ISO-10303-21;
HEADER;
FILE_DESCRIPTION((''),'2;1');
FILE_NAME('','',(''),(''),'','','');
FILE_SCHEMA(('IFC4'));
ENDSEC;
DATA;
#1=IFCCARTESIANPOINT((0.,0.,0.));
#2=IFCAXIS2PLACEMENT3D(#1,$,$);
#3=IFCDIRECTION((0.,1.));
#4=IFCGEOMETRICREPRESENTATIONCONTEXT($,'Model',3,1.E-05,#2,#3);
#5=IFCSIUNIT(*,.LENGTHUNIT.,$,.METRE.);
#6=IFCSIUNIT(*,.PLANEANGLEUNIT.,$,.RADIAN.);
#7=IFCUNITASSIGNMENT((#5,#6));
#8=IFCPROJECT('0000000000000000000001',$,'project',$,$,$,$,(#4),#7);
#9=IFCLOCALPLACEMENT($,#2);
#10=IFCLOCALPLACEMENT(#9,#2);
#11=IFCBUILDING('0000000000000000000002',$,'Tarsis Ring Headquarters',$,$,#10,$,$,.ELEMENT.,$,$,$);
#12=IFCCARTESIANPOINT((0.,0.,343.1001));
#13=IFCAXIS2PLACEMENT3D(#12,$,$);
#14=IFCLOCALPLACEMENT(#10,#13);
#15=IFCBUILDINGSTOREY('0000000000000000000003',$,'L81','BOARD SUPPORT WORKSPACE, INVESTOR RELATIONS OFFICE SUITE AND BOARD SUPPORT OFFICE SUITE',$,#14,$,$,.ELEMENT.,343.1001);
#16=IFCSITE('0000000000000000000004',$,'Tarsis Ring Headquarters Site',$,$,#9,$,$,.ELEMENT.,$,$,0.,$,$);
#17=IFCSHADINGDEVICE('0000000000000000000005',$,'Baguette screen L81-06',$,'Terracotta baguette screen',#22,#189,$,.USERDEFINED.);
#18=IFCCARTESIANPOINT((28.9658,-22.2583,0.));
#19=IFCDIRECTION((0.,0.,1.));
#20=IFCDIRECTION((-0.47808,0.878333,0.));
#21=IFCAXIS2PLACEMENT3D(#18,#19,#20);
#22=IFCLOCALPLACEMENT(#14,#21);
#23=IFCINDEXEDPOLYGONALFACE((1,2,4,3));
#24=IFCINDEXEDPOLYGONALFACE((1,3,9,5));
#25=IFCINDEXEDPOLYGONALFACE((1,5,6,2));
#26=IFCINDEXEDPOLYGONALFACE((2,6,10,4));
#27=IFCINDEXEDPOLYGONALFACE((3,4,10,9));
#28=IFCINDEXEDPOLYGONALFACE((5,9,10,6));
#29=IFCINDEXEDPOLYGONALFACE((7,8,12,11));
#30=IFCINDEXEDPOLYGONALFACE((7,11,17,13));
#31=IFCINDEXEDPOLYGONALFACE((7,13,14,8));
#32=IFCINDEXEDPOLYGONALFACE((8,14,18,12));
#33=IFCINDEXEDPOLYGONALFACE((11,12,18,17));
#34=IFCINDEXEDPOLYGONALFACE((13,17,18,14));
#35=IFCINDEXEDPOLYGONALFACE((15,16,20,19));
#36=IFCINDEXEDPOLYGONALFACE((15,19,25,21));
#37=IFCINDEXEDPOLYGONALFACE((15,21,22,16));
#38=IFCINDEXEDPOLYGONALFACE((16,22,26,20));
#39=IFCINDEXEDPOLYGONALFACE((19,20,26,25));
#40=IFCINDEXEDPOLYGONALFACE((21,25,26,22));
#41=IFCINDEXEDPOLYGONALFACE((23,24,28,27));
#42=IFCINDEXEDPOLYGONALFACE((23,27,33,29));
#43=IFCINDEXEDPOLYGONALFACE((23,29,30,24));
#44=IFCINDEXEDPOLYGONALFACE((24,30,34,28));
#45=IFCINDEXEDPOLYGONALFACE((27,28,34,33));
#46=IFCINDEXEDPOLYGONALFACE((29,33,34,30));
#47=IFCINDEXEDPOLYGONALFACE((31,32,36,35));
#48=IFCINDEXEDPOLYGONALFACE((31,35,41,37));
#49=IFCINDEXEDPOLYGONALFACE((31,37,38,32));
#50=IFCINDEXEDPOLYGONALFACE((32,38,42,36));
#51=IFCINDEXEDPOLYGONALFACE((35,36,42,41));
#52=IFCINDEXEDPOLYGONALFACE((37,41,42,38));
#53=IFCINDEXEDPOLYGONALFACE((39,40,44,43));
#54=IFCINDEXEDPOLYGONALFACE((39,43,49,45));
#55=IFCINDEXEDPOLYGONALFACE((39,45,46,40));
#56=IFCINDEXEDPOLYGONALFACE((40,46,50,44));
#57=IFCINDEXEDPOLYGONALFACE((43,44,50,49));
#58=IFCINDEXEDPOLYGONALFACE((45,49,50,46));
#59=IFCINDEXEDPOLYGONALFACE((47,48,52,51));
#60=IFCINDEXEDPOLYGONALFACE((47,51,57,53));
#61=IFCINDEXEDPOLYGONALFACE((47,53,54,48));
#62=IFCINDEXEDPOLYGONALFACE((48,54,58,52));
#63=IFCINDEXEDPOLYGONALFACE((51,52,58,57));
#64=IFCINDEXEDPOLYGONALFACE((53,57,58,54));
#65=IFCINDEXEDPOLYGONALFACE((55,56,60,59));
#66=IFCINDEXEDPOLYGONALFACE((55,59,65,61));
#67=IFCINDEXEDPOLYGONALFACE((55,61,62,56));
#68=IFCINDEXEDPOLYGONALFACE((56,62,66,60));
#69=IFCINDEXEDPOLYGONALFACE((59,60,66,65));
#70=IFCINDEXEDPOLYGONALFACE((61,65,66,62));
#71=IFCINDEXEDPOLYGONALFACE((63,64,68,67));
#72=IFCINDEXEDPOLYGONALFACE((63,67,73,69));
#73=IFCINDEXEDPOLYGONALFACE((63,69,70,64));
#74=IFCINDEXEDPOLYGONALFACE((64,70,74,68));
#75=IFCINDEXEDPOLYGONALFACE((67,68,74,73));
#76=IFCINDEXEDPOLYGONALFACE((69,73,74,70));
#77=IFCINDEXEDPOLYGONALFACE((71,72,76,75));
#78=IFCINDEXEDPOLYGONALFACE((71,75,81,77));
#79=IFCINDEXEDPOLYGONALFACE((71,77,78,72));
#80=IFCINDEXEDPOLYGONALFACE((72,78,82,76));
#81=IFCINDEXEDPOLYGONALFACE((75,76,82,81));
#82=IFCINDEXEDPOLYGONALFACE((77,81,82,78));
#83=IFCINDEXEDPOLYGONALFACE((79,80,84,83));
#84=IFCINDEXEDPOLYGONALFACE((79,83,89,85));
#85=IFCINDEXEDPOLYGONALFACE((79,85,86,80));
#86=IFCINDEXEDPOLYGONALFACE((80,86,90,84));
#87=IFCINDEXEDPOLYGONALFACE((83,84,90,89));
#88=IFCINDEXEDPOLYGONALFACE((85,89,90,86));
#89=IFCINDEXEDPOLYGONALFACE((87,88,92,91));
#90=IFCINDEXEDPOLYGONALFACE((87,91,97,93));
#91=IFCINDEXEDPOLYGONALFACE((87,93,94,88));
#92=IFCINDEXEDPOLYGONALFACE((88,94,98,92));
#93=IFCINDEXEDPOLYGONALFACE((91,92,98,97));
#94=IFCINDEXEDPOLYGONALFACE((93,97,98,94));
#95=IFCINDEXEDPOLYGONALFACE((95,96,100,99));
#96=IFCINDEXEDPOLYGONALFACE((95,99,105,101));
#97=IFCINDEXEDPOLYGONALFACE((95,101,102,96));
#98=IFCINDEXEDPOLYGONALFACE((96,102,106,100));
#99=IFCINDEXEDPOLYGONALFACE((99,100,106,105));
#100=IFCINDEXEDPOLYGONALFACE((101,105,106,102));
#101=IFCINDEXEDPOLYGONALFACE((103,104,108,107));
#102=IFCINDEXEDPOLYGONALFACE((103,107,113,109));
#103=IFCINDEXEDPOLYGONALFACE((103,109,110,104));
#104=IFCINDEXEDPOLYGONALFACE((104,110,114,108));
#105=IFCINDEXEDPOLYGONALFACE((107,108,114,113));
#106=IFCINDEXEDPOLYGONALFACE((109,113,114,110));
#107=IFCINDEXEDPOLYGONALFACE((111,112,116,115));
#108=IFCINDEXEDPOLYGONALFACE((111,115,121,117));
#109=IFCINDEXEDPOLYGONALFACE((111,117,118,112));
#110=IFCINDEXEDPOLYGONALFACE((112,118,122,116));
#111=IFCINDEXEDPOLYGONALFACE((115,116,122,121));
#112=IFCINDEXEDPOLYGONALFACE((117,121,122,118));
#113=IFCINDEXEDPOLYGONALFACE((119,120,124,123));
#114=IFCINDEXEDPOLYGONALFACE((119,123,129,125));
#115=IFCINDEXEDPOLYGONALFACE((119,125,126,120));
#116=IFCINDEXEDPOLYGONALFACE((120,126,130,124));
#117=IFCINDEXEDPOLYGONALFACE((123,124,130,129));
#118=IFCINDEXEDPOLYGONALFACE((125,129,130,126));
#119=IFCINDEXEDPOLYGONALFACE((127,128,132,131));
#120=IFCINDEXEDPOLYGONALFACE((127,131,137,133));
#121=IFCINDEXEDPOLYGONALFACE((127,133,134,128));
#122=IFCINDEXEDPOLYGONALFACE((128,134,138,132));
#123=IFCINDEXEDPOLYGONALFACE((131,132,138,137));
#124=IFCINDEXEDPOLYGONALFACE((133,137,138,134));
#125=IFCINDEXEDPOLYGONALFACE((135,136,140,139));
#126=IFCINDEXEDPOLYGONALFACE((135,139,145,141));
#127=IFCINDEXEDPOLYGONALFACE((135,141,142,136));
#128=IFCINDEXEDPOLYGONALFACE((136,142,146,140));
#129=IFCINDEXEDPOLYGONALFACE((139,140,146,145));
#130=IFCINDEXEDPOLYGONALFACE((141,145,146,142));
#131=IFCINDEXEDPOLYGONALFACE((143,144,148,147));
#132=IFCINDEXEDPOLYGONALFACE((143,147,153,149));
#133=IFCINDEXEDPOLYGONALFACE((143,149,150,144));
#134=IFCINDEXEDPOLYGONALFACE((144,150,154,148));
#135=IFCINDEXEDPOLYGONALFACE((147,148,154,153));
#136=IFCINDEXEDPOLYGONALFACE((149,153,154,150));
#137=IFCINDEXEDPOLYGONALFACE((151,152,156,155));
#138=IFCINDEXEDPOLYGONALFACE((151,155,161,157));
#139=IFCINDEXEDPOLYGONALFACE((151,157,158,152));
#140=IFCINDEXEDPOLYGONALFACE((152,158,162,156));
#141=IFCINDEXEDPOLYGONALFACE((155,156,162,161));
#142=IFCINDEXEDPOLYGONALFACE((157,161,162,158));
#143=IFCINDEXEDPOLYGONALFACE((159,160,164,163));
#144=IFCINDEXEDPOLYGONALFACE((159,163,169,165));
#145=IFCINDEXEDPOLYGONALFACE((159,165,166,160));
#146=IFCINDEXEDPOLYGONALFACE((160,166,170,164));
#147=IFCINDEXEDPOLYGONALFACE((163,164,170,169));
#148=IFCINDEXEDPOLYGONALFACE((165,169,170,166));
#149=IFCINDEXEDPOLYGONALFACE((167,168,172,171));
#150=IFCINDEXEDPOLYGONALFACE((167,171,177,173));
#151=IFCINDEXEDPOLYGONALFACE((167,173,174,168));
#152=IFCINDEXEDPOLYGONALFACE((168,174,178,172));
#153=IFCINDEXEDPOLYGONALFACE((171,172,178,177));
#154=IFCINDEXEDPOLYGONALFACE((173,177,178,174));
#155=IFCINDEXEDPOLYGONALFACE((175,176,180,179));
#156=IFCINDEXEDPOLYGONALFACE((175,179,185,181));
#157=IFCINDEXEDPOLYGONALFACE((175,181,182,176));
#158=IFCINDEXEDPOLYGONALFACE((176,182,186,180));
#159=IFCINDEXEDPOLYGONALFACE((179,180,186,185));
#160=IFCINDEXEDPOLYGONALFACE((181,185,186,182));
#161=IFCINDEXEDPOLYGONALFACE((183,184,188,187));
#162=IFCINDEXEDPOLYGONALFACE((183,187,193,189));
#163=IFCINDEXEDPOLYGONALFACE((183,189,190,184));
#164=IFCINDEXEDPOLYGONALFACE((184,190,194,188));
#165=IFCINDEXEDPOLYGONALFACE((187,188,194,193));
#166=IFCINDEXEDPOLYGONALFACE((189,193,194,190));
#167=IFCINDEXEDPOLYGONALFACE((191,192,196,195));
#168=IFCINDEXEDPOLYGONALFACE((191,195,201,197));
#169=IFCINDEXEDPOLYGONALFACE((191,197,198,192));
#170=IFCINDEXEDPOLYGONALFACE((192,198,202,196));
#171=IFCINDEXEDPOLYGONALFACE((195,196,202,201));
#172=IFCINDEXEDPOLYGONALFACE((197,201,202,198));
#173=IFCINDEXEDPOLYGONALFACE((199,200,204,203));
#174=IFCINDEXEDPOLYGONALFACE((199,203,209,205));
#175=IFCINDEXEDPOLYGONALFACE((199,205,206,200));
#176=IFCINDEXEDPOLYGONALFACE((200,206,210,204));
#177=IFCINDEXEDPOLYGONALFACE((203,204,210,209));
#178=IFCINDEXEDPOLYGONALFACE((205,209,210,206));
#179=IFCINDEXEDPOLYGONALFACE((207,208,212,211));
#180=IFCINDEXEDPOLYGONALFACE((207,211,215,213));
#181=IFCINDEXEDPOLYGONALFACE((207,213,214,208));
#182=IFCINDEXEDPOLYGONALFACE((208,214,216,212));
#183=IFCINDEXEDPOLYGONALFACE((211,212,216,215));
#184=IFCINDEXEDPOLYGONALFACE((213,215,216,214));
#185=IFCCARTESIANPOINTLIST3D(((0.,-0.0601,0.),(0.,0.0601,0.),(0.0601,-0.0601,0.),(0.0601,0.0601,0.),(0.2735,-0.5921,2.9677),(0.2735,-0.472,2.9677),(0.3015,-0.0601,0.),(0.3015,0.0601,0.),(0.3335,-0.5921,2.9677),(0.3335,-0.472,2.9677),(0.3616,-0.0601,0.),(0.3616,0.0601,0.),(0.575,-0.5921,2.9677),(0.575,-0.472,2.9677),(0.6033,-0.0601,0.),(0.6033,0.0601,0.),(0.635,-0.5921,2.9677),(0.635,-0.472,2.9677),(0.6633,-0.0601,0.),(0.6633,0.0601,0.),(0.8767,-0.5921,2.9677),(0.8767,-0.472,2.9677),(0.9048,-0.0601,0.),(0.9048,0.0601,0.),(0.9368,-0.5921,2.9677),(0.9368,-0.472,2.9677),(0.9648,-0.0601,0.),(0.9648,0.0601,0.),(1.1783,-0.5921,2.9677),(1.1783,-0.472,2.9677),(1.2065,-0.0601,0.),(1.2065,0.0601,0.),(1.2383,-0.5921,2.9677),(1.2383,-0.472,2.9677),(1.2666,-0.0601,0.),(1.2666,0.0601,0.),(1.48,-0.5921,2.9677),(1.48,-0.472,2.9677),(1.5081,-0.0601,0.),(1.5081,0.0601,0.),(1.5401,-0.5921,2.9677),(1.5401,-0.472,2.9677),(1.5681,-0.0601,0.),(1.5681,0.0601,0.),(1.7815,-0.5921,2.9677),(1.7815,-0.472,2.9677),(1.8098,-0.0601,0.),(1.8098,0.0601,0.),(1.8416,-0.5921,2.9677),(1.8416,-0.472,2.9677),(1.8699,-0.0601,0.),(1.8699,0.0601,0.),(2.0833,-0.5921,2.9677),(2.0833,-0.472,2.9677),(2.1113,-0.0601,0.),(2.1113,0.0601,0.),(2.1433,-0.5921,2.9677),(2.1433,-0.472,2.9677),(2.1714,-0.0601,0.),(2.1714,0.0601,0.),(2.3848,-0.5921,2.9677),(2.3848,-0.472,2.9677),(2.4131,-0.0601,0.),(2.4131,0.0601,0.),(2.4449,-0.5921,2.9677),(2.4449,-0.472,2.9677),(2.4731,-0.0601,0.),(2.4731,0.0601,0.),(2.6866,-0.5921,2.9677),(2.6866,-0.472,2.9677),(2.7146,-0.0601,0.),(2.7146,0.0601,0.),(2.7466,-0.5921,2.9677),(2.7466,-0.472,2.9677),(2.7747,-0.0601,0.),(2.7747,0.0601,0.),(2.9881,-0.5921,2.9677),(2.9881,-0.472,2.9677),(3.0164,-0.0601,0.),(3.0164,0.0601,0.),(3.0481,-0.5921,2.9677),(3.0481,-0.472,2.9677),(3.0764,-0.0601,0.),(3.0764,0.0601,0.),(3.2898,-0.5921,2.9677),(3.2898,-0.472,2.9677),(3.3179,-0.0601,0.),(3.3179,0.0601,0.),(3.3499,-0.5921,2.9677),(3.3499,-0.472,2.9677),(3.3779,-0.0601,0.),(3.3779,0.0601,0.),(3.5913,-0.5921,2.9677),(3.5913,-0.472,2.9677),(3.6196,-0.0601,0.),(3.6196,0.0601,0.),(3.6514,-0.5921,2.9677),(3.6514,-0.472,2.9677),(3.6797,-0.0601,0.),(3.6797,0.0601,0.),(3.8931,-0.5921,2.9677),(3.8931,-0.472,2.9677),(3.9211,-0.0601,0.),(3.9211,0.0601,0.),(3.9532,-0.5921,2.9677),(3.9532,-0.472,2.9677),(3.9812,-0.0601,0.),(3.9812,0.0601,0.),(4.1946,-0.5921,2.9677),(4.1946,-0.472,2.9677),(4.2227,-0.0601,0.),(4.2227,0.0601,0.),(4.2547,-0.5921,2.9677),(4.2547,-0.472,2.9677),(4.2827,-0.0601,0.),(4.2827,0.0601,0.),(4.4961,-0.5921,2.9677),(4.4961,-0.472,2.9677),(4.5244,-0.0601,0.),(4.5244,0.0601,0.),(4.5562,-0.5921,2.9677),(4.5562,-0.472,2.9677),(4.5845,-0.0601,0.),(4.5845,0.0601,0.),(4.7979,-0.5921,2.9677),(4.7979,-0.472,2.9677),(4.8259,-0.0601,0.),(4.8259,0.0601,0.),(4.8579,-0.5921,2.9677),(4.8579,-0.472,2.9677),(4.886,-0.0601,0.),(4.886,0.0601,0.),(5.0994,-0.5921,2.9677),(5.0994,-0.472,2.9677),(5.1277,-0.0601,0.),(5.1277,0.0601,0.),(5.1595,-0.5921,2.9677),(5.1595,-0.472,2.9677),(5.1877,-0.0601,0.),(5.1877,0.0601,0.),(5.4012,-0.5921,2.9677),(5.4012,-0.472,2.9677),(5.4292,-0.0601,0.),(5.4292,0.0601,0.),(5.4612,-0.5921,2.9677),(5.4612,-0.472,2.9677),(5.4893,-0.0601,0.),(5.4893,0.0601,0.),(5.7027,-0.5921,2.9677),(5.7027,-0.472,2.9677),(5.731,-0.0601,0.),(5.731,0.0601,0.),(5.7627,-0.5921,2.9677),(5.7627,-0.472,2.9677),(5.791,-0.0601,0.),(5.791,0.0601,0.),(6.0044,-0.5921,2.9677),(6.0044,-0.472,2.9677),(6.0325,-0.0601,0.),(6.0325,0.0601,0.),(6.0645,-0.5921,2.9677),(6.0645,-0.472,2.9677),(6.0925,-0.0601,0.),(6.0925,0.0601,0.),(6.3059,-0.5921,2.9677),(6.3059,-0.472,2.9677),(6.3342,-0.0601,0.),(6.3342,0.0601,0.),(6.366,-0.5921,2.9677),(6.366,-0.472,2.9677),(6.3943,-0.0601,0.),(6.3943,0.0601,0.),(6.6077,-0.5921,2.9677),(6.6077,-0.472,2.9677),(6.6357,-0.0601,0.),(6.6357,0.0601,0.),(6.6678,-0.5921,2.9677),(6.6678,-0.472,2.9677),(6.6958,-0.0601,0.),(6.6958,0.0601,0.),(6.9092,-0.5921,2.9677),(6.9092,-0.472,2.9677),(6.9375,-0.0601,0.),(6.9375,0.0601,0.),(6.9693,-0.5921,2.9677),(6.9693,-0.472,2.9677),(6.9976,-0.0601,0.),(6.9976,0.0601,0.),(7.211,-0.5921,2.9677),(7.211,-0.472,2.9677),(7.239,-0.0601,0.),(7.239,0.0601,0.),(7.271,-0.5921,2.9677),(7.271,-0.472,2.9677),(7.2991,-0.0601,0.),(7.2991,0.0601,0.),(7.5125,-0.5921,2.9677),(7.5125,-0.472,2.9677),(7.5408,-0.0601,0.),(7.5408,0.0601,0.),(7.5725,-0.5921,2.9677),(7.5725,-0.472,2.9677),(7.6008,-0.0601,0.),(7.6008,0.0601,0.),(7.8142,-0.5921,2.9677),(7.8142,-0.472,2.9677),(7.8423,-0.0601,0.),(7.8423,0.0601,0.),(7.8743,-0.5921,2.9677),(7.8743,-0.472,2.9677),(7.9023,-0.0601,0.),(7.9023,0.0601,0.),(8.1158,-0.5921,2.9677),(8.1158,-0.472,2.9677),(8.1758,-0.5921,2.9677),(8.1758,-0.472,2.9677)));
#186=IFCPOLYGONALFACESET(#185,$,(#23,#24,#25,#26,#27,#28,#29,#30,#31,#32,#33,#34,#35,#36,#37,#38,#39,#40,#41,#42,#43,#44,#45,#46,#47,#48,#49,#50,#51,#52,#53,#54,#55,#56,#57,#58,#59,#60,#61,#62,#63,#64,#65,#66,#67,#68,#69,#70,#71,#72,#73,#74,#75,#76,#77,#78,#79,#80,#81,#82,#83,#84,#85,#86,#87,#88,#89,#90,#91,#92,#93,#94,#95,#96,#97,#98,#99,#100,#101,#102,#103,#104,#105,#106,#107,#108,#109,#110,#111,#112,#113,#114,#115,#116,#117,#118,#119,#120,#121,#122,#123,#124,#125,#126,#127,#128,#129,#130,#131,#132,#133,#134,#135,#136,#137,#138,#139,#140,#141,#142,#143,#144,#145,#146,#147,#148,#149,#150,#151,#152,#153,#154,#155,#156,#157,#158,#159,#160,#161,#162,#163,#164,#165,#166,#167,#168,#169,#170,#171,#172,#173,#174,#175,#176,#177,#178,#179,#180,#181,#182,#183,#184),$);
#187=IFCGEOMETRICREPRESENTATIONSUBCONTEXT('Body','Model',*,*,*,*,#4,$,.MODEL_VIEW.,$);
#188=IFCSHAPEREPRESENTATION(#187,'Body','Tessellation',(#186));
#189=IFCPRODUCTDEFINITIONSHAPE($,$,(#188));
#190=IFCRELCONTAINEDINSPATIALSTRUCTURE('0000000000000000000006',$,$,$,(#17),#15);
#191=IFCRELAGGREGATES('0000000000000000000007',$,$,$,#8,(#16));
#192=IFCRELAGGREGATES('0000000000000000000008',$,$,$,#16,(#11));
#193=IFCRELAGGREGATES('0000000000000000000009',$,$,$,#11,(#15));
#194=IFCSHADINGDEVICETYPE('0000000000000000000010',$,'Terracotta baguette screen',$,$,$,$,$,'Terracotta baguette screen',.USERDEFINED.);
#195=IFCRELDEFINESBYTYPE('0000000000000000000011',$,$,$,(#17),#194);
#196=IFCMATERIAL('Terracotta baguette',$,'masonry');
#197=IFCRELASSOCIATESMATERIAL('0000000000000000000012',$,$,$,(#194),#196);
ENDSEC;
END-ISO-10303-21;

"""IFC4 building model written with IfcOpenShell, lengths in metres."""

from ifc_helpers import new_model, si_unit, direction, frame, frame_2d, origin, place, context, subcontext, project, spatial, rectangle, composite_profile, extrude, material, type_object, element, save


model = new_model("IFC4")

# Units and contexts
model_context = context("Model", 3, precision=1e-05, world=origin(), true_north=direction((0.0, 1.0)))
body_context = subcontext(model_context, "Body", "Model", "MODEL_VIEW")
ifc_project = project(units=[si_unit("LENGTHUNIT", "METRE"), si_unit("PLANEANGLEUNIT", "RADIAN")], contexts=[model_context])

# Site, building, storey
site_placement = place(None, origin())
site = spatial("IfcSite", under=ifc_project, at=site_placement, Name="Tarsis Ring Headquarters Site", CompositionType="ELEMENT", RefElevation=0.0)
building_placement = place(site_placement, origin())
building = spatial("IfcBuilding", under=site, at=building_placement, Name="Tarsis Ring Headquarters", CompositionType="ELEMENT")
storey_placement = place(building_placement, frame((0.0, 0.0, 343.1001)))
storey = spatial("IfcBuildingStorey", under=building, at=storey_placement, Name="L81", Description="BOARD SUPPORT WORKSPACE, INVESTOR RELATIONS OFFICE SUITE AND BOARD SUPPORT OFFICE SUITE", CompositionType="ELEMENT", Elevation=343.1001)

# Shading device
ifc_material_1 = material(Name="Terracotta baguette", Category="masonry")
shading_device_type_1 = type_object("IfcShadingDeviceType", Name="Terracotta baguette screen", ElementType="Terracotta baguette screen", PredefinedType="USERDEFINED", material=ifc_material_1)
shading_device_1_placement = place(storey_placement, frame((28.9658, -22.2583, 0.0), z_axis=(0.0, 0.0, 1.0), x_axis=(-0.47808, 0.878333, 0.0)))
element("IfcShadingDevice", 1, at=shading_device_1_placement, inside=storey, type_object=shading_device_type_1, Name="Baguette screen L81-06", ObjectType="Terracotta baguette screen", PredefinedType="USERDEFINED", context=body_context, shape_type="SweptSolid", body=[
    extrude(composite_profile([rectangle(XDim=0.0601, YDim=0.1201, at=frame_2d((0.03, 0.0))), rectangle(XDim=0.0601, YDim=0.1201, at=frame_2d((0.3315, 0.0))), rectangle(XDim=0.0601, YDim=0.1201, at=frame_2d((0.6333, 0.0))), rectangle(XDim=0.0601, YDim=0.1201, at=frame_2d((0.9348, 0.0))), rectangle(XDim=0.0601, YDim=0.1201, at=frame_2d((1.2366, 0.0))), rectangle(XDim=0.0601, YDim=0.1201, at=frame_2d((1.5381, 0.0))), rectangle(XDim=0.0601, YDim=0.1201, at=frame_2d((1.8398, 0.0))), rectangle(XDim=0.0601, YDim=0.1201, at=frame_2d((2.1414, 0.0))), rectangle(XDim=0.0601, YDim=0.1201, at=frame_2d((2.4431, 0.0))), rectangle(XDim=0.0601, YDim=0.1201, at=frame_2d((2.7446, 0.0))), rectangle(XDim=0.0601, YDim=0.1201, at=frame_2d((3.0464, 0.0))), rectangle(XDim=0.0601, YDim=0.1201, at=frame_2d((3.3479, 0.0))), rectangle(XDim=0.0601, YDim=0.1201, at=frame_2d((3.6497, 0.0))), rectangle(XDim=0.0601, YDim=0.1201, at=frame_2d((3.9512, 0.0))), rectangle(XDim=0.0601, YDim=0.1201, at=frame_2d((4.2527, 0.0))), rectangle(XDim=0.0601, YDim=0.1201, at=frame_2d((4.5544, 0.0))), rectangle(XDim=0.0601, YDim=0.1201, at=frame_2d((4.856, 0.0))), rectangle(XDim=0.0601, YDim=0.1201, at=frame_2d((5.1577, 0.0))), rectangle(XDim=0.0601, YDim=0.1201, at=frame_2d((5.4592, 0.0))), rectangle(XDim=0.0601, YDim=0.1201, at=frame_2d((5.761, 0.0))), rectangle(XDim=0.0601, YDim=0.1201, at=frame_2d((6.0625, 0.0))), rectangle(XDim=0.0601, YDim=0.1201, at=frame_2d((6.3643, 0.0))), rectangle(XDim=0.0601, YDim=0.1201, at=frame_2d((6.6658, 0.0))), rectangle(XDim=0.0601, YDim=0.1201, at=frame_2d((6.9675, 0.0))), rectangle(XDim=0.0601, YDim=0.1201, at=frame_2d((7.269, 0.0))), rectangle(XDim=0.0601, YDim=0.1201, at=frame_2d((7.5708, 0.0))), rectangle(XDim=0.0601, YDim=0.1201, at=frame_2d((7.8723, 0.0)))]), origin(), (0.090335, -0.175737, 0.980284), 3.0273),
])

save(model, "model.ifc")
